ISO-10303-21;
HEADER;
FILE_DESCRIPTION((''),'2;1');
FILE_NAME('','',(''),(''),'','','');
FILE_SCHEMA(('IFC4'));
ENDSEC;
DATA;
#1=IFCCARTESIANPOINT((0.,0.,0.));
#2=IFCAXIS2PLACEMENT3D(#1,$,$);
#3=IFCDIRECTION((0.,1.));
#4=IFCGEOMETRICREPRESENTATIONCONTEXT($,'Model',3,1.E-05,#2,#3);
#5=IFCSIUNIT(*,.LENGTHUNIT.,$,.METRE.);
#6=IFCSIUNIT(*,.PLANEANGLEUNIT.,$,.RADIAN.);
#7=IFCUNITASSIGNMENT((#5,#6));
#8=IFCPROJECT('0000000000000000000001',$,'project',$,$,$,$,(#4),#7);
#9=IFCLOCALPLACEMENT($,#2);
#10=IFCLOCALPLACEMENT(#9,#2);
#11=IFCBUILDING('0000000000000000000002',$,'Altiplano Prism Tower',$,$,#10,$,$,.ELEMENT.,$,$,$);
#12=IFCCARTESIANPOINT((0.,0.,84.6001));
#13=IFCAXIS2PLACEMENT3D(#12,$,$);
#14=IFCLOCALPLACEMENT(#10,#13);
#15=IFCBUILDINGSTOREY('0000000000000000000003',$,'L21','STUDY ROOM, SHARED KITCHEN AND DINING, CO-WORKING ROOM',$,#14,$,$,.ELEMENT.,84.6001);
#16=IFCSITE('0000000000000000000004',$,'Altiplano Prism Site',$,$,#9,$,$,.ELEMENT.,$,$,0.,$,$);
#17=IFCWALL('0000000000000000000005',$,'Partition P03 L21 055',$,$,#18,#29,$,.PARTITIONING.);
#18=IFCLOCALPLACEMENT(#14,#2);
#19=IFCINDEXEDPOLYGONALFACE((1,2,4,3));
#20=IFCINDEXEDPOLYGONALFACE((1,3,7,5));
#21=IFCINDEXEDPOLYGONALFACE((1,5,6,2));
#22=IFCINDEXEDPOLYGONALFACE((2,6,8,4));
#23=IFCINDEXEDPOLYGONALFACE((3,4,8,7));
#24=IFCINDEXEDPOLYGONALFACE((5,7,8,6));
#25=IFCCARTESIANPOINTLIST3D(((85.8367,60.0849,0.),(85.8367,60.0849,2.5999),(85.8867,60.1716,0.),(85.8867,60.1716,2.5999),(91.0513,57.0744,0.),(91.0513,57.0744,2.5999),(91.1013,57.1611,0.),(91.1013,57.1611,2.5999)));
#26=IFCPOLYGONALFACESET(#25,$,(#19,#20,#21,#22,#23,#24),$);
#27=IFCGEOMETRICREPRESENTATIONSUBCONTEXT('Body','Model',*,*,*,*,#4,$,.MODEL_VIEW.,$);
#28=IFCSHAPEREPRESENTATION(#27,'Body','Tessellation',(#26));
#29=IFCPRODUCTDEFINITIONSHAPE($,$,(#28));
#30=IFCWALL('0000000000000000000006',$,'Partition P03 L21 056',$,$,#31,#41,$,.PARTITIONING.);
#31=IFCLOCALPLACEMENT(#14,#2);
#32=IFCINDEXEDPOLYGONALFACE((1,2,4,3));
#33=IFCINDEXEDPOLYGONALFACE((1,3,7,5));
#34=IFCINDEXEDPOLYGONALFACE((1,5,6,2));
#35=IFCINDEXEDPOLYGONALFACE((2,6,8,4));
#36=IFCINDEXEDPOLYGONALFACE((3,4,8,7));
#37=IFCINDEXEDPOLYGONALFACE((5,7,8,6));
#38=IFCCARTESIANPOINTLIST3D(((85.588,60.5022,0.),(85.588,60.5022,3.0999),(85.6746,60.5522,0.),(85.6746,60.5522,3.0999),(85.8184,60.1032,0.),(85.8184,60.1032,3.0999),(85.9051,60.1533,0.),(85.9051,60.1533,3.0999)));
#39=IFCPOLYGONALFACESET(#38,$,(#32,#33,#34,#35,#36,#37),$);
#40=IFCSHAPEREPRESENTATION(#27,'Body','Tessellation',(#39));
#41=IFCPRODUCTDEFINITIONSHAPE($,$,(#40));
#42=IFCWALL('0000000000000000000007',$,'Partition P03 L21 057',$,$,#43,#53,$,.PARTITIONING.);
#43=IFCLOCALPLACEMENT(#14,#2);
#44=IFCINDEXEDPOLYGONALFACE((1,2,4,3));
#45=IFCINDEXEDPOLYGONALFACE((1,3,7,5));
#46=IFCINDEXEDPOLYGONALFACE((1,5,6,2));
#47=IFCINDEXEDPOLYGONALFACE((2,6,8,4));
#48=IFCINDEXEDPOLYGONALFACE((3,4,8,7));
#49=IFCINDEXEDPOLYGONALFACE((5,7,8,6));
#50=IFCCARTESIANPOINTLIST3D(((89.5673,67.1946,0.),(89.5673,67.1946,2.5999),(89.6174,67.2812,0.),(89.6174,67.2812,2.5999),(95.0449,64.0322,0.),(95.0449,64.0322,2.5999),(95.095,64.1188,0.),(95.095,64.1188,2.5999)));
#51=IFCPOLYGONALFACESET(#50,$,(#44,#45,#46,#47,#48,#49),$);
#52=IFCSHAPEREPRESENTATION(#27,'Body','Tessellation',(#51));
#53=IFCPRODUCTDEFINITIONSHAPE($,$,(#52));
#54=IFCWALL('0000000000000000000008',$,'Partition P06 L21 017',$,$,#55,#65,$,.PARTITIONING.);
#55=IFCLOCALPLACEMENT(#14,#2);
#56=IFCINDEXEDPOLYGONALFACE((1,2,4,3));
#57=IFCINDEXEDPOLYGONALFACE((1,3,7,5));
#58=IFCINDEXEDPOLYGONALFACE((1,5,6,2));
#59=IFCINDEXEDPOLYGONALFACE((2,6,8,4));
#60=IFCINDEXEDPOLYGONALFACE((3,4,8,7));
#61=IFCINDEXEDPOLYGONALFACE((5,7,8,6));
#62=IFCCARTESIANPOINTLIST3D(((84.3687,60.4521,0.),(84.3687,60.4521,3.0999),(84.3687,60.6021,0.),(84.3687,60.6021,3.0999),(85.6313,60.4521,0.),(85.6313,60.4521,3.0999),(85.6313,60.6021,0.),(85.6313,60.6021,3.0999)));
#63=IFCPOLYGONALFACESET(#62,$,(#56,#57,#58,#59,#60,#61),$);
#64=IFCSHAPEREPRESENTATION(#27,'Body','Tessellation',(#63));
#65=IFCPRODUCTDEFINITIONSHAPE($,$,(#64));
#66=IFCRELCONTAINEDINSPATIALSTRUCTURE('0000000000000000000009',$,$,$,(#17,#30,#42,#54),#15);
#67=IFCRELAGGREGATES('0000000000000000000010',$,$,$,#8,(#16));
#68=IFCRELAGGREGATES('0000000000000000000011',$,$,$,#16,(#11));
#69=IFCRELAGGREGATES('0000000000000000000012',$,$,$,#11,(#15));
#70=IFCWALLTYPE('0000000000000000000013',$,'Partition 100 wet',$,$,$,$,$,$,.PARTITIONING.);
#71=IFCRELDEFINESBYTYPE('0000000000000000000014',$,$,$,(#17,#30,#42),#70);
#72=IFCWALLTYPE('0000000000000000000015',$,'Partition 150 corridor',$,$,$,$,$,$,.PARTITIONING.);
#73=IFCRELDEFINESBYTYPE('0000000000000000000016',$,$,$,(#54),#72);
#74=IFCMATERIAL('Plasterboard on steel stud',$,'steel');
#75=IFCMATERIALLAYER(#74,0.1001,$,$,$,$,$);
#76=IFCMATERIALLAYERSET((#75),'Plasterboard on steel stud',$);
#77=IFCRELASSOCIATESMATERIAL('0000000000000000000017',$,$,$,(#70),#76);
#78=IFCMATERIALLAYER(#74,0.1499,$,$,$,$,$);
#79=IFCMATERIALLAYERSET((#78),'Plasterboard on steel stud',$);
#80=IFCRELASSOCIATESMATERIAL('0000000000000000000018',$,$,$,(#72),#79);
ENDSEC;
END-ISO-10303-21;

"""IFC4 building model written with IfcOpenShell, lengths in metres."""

from ifc_helpers import new_model, si_unit, direction, frame, frame_2d, origin, place, context, subcontext, project, spatial, rectangle, extrude, material, layer, layer_set, type_object, element, save


model = new_model("IFC4")

# Units and contexts
model_context = context("Model", 3, precision=1e-05, world=origin(), true_north=direction((0.0, 1.0)))
body_context = subcontext(model_context, "Body", "Model", "MODEL_VIEW")
ifc_project = project(units=[si_unit("LENGTHUNIT", "METRE"), si_unit("PLANEANGLEUNIT", "RADIAN")], contexts=[model_context])

# Site, building, storey
site_placement = place(None, origin())
site = spatial("IfcSite", under=ifc_project, at=site_placement, Name="Altiplano Prism Site", CompositionType="ELEMENT", RefElevation=0.0)
building_placement = place(site_placement, origin())
building = spatial("IfcBuilding", under=site, at=building_placement, Name="Altiplano Prism Tower", CompositionType="ELEMENT")
storey_placement = place(building_placement, frame((0.0, 0.0, 84.6001)))
storey = spatial("IfcBuildingStorey", under=building, at=storey_placement, Name="L21", Description="STUDY ROOM, SHARED KITCHEN AND DINING, CO-WORKING ROOM", CompositionType="ELEMENT", Elevation=84.6001)

# Walls
ifc_material_1 = material(Name="Plasterboard on steel stud", Category="steel")
ifc_layer_1 = layer(ifc_material_1, 0.1001)
ifc_layer_set_1 = layer_set([ifc_layer_1], Name="Plasterboard on steel stud")
wall_type_1 = type_object("IfcWallType", Name="Partition 100 wet", PredefinedType="PARTITIONING", material=ifc_layer_set_1)
wall_1_placement = place(storey_placement, frame((91.0764, 57.1177, 0.0), z_axis=(0.0, 0.0, 1.0), x_axis=(-0.866036, 0.499981, 0.0)))
element("IfcWall", 1, at=wall_1_placement, inside=storey, type_object=wall_type_1, Name="Partition P03 L21 055", PredefinedType="PARTITIONING", context=body_context, shape_type="SweptSolid", body=[
    extrude(rectangle(XDim=6.0212, YDim=0.1001, at=frame_2d((3.0107, 0.0))), origin(), (0.0, 0.0, 1.0), 2.5999),
])
wall_2_placement = place(storey_placement, frame((85.8618, 60.1282, 0.0), z_axis=(0.0, 0.0, 1.0), x_axis=(-0.500242, 0.865885, 0.0)))
element("IfcWall", 2, at=wall_2_placement, inside=storey, type_object=wall_type_1, Name="Partition P03 L21 056", PredefinedType="PARTITIONING", context=body_context, shape_type="SweptSolid", body=[
    extrude(rectangle(XDim=0.4607, YDim=0.1001, at=frame_2d((0.2305, 0.0))), origin(), (0.0, 0.0, 1.0), 3.0999),
])
wall_3_placement = place(storey_placement, frame((95.0701, 64.0754, 0.0), z_axis=(0.0, 0.0, 1.0), x_axis=(-0.866033, 0.499988, 0.0)))
element("IfcWall", 3, at=wall_3_placement, inside=storey, type_object=wall_type_1, Name="Partition P03 L21 057", PredefinedType="PARTITIONING", context=body_context, shape_type="SweptSolid", body=[
    extrude(rectangle(XDim=6.325, YDim=0.1001, at=frame_2d((3.1626, 0.0))), origin(), (0.0, 0.0, 1.0), 2.5999),
])
ifc_layer_2 = layer(ifc_material_1, 0.1499)
ifc_layer_set_2 = layer_set([ifc_layer_2], Name="Plasterboard on steel stud")
wall_type_2 = type_object("IfcWallType", Name="Partition 150 corridor", PredefinedType="PARTITIONING", material=ifc_layer_set_2)
wall_4_placement = place(storey_placement, frame((84.3687, 60.5271, 0.0), z_axis=(0.0, 0.0, 1.0), x_axis=(1.0, 0.0, 0.0)))
element("IfcWall", 4, at=wall_4_placement, inside=storey, type_object=wall_type_2, Name="Partition P06 L21 017", PredefinedType="PARTITIONING", context=body_context, shape_type="SweptSolid", body=[
    extrude(rectangle(XDim=1.2627, YDim=0.1499, at=frame_2d((0.6313, 0.0))), origin(), (0.0, 0.0, 1.0), 3.0999),
])

save(model, "model.ifc")
